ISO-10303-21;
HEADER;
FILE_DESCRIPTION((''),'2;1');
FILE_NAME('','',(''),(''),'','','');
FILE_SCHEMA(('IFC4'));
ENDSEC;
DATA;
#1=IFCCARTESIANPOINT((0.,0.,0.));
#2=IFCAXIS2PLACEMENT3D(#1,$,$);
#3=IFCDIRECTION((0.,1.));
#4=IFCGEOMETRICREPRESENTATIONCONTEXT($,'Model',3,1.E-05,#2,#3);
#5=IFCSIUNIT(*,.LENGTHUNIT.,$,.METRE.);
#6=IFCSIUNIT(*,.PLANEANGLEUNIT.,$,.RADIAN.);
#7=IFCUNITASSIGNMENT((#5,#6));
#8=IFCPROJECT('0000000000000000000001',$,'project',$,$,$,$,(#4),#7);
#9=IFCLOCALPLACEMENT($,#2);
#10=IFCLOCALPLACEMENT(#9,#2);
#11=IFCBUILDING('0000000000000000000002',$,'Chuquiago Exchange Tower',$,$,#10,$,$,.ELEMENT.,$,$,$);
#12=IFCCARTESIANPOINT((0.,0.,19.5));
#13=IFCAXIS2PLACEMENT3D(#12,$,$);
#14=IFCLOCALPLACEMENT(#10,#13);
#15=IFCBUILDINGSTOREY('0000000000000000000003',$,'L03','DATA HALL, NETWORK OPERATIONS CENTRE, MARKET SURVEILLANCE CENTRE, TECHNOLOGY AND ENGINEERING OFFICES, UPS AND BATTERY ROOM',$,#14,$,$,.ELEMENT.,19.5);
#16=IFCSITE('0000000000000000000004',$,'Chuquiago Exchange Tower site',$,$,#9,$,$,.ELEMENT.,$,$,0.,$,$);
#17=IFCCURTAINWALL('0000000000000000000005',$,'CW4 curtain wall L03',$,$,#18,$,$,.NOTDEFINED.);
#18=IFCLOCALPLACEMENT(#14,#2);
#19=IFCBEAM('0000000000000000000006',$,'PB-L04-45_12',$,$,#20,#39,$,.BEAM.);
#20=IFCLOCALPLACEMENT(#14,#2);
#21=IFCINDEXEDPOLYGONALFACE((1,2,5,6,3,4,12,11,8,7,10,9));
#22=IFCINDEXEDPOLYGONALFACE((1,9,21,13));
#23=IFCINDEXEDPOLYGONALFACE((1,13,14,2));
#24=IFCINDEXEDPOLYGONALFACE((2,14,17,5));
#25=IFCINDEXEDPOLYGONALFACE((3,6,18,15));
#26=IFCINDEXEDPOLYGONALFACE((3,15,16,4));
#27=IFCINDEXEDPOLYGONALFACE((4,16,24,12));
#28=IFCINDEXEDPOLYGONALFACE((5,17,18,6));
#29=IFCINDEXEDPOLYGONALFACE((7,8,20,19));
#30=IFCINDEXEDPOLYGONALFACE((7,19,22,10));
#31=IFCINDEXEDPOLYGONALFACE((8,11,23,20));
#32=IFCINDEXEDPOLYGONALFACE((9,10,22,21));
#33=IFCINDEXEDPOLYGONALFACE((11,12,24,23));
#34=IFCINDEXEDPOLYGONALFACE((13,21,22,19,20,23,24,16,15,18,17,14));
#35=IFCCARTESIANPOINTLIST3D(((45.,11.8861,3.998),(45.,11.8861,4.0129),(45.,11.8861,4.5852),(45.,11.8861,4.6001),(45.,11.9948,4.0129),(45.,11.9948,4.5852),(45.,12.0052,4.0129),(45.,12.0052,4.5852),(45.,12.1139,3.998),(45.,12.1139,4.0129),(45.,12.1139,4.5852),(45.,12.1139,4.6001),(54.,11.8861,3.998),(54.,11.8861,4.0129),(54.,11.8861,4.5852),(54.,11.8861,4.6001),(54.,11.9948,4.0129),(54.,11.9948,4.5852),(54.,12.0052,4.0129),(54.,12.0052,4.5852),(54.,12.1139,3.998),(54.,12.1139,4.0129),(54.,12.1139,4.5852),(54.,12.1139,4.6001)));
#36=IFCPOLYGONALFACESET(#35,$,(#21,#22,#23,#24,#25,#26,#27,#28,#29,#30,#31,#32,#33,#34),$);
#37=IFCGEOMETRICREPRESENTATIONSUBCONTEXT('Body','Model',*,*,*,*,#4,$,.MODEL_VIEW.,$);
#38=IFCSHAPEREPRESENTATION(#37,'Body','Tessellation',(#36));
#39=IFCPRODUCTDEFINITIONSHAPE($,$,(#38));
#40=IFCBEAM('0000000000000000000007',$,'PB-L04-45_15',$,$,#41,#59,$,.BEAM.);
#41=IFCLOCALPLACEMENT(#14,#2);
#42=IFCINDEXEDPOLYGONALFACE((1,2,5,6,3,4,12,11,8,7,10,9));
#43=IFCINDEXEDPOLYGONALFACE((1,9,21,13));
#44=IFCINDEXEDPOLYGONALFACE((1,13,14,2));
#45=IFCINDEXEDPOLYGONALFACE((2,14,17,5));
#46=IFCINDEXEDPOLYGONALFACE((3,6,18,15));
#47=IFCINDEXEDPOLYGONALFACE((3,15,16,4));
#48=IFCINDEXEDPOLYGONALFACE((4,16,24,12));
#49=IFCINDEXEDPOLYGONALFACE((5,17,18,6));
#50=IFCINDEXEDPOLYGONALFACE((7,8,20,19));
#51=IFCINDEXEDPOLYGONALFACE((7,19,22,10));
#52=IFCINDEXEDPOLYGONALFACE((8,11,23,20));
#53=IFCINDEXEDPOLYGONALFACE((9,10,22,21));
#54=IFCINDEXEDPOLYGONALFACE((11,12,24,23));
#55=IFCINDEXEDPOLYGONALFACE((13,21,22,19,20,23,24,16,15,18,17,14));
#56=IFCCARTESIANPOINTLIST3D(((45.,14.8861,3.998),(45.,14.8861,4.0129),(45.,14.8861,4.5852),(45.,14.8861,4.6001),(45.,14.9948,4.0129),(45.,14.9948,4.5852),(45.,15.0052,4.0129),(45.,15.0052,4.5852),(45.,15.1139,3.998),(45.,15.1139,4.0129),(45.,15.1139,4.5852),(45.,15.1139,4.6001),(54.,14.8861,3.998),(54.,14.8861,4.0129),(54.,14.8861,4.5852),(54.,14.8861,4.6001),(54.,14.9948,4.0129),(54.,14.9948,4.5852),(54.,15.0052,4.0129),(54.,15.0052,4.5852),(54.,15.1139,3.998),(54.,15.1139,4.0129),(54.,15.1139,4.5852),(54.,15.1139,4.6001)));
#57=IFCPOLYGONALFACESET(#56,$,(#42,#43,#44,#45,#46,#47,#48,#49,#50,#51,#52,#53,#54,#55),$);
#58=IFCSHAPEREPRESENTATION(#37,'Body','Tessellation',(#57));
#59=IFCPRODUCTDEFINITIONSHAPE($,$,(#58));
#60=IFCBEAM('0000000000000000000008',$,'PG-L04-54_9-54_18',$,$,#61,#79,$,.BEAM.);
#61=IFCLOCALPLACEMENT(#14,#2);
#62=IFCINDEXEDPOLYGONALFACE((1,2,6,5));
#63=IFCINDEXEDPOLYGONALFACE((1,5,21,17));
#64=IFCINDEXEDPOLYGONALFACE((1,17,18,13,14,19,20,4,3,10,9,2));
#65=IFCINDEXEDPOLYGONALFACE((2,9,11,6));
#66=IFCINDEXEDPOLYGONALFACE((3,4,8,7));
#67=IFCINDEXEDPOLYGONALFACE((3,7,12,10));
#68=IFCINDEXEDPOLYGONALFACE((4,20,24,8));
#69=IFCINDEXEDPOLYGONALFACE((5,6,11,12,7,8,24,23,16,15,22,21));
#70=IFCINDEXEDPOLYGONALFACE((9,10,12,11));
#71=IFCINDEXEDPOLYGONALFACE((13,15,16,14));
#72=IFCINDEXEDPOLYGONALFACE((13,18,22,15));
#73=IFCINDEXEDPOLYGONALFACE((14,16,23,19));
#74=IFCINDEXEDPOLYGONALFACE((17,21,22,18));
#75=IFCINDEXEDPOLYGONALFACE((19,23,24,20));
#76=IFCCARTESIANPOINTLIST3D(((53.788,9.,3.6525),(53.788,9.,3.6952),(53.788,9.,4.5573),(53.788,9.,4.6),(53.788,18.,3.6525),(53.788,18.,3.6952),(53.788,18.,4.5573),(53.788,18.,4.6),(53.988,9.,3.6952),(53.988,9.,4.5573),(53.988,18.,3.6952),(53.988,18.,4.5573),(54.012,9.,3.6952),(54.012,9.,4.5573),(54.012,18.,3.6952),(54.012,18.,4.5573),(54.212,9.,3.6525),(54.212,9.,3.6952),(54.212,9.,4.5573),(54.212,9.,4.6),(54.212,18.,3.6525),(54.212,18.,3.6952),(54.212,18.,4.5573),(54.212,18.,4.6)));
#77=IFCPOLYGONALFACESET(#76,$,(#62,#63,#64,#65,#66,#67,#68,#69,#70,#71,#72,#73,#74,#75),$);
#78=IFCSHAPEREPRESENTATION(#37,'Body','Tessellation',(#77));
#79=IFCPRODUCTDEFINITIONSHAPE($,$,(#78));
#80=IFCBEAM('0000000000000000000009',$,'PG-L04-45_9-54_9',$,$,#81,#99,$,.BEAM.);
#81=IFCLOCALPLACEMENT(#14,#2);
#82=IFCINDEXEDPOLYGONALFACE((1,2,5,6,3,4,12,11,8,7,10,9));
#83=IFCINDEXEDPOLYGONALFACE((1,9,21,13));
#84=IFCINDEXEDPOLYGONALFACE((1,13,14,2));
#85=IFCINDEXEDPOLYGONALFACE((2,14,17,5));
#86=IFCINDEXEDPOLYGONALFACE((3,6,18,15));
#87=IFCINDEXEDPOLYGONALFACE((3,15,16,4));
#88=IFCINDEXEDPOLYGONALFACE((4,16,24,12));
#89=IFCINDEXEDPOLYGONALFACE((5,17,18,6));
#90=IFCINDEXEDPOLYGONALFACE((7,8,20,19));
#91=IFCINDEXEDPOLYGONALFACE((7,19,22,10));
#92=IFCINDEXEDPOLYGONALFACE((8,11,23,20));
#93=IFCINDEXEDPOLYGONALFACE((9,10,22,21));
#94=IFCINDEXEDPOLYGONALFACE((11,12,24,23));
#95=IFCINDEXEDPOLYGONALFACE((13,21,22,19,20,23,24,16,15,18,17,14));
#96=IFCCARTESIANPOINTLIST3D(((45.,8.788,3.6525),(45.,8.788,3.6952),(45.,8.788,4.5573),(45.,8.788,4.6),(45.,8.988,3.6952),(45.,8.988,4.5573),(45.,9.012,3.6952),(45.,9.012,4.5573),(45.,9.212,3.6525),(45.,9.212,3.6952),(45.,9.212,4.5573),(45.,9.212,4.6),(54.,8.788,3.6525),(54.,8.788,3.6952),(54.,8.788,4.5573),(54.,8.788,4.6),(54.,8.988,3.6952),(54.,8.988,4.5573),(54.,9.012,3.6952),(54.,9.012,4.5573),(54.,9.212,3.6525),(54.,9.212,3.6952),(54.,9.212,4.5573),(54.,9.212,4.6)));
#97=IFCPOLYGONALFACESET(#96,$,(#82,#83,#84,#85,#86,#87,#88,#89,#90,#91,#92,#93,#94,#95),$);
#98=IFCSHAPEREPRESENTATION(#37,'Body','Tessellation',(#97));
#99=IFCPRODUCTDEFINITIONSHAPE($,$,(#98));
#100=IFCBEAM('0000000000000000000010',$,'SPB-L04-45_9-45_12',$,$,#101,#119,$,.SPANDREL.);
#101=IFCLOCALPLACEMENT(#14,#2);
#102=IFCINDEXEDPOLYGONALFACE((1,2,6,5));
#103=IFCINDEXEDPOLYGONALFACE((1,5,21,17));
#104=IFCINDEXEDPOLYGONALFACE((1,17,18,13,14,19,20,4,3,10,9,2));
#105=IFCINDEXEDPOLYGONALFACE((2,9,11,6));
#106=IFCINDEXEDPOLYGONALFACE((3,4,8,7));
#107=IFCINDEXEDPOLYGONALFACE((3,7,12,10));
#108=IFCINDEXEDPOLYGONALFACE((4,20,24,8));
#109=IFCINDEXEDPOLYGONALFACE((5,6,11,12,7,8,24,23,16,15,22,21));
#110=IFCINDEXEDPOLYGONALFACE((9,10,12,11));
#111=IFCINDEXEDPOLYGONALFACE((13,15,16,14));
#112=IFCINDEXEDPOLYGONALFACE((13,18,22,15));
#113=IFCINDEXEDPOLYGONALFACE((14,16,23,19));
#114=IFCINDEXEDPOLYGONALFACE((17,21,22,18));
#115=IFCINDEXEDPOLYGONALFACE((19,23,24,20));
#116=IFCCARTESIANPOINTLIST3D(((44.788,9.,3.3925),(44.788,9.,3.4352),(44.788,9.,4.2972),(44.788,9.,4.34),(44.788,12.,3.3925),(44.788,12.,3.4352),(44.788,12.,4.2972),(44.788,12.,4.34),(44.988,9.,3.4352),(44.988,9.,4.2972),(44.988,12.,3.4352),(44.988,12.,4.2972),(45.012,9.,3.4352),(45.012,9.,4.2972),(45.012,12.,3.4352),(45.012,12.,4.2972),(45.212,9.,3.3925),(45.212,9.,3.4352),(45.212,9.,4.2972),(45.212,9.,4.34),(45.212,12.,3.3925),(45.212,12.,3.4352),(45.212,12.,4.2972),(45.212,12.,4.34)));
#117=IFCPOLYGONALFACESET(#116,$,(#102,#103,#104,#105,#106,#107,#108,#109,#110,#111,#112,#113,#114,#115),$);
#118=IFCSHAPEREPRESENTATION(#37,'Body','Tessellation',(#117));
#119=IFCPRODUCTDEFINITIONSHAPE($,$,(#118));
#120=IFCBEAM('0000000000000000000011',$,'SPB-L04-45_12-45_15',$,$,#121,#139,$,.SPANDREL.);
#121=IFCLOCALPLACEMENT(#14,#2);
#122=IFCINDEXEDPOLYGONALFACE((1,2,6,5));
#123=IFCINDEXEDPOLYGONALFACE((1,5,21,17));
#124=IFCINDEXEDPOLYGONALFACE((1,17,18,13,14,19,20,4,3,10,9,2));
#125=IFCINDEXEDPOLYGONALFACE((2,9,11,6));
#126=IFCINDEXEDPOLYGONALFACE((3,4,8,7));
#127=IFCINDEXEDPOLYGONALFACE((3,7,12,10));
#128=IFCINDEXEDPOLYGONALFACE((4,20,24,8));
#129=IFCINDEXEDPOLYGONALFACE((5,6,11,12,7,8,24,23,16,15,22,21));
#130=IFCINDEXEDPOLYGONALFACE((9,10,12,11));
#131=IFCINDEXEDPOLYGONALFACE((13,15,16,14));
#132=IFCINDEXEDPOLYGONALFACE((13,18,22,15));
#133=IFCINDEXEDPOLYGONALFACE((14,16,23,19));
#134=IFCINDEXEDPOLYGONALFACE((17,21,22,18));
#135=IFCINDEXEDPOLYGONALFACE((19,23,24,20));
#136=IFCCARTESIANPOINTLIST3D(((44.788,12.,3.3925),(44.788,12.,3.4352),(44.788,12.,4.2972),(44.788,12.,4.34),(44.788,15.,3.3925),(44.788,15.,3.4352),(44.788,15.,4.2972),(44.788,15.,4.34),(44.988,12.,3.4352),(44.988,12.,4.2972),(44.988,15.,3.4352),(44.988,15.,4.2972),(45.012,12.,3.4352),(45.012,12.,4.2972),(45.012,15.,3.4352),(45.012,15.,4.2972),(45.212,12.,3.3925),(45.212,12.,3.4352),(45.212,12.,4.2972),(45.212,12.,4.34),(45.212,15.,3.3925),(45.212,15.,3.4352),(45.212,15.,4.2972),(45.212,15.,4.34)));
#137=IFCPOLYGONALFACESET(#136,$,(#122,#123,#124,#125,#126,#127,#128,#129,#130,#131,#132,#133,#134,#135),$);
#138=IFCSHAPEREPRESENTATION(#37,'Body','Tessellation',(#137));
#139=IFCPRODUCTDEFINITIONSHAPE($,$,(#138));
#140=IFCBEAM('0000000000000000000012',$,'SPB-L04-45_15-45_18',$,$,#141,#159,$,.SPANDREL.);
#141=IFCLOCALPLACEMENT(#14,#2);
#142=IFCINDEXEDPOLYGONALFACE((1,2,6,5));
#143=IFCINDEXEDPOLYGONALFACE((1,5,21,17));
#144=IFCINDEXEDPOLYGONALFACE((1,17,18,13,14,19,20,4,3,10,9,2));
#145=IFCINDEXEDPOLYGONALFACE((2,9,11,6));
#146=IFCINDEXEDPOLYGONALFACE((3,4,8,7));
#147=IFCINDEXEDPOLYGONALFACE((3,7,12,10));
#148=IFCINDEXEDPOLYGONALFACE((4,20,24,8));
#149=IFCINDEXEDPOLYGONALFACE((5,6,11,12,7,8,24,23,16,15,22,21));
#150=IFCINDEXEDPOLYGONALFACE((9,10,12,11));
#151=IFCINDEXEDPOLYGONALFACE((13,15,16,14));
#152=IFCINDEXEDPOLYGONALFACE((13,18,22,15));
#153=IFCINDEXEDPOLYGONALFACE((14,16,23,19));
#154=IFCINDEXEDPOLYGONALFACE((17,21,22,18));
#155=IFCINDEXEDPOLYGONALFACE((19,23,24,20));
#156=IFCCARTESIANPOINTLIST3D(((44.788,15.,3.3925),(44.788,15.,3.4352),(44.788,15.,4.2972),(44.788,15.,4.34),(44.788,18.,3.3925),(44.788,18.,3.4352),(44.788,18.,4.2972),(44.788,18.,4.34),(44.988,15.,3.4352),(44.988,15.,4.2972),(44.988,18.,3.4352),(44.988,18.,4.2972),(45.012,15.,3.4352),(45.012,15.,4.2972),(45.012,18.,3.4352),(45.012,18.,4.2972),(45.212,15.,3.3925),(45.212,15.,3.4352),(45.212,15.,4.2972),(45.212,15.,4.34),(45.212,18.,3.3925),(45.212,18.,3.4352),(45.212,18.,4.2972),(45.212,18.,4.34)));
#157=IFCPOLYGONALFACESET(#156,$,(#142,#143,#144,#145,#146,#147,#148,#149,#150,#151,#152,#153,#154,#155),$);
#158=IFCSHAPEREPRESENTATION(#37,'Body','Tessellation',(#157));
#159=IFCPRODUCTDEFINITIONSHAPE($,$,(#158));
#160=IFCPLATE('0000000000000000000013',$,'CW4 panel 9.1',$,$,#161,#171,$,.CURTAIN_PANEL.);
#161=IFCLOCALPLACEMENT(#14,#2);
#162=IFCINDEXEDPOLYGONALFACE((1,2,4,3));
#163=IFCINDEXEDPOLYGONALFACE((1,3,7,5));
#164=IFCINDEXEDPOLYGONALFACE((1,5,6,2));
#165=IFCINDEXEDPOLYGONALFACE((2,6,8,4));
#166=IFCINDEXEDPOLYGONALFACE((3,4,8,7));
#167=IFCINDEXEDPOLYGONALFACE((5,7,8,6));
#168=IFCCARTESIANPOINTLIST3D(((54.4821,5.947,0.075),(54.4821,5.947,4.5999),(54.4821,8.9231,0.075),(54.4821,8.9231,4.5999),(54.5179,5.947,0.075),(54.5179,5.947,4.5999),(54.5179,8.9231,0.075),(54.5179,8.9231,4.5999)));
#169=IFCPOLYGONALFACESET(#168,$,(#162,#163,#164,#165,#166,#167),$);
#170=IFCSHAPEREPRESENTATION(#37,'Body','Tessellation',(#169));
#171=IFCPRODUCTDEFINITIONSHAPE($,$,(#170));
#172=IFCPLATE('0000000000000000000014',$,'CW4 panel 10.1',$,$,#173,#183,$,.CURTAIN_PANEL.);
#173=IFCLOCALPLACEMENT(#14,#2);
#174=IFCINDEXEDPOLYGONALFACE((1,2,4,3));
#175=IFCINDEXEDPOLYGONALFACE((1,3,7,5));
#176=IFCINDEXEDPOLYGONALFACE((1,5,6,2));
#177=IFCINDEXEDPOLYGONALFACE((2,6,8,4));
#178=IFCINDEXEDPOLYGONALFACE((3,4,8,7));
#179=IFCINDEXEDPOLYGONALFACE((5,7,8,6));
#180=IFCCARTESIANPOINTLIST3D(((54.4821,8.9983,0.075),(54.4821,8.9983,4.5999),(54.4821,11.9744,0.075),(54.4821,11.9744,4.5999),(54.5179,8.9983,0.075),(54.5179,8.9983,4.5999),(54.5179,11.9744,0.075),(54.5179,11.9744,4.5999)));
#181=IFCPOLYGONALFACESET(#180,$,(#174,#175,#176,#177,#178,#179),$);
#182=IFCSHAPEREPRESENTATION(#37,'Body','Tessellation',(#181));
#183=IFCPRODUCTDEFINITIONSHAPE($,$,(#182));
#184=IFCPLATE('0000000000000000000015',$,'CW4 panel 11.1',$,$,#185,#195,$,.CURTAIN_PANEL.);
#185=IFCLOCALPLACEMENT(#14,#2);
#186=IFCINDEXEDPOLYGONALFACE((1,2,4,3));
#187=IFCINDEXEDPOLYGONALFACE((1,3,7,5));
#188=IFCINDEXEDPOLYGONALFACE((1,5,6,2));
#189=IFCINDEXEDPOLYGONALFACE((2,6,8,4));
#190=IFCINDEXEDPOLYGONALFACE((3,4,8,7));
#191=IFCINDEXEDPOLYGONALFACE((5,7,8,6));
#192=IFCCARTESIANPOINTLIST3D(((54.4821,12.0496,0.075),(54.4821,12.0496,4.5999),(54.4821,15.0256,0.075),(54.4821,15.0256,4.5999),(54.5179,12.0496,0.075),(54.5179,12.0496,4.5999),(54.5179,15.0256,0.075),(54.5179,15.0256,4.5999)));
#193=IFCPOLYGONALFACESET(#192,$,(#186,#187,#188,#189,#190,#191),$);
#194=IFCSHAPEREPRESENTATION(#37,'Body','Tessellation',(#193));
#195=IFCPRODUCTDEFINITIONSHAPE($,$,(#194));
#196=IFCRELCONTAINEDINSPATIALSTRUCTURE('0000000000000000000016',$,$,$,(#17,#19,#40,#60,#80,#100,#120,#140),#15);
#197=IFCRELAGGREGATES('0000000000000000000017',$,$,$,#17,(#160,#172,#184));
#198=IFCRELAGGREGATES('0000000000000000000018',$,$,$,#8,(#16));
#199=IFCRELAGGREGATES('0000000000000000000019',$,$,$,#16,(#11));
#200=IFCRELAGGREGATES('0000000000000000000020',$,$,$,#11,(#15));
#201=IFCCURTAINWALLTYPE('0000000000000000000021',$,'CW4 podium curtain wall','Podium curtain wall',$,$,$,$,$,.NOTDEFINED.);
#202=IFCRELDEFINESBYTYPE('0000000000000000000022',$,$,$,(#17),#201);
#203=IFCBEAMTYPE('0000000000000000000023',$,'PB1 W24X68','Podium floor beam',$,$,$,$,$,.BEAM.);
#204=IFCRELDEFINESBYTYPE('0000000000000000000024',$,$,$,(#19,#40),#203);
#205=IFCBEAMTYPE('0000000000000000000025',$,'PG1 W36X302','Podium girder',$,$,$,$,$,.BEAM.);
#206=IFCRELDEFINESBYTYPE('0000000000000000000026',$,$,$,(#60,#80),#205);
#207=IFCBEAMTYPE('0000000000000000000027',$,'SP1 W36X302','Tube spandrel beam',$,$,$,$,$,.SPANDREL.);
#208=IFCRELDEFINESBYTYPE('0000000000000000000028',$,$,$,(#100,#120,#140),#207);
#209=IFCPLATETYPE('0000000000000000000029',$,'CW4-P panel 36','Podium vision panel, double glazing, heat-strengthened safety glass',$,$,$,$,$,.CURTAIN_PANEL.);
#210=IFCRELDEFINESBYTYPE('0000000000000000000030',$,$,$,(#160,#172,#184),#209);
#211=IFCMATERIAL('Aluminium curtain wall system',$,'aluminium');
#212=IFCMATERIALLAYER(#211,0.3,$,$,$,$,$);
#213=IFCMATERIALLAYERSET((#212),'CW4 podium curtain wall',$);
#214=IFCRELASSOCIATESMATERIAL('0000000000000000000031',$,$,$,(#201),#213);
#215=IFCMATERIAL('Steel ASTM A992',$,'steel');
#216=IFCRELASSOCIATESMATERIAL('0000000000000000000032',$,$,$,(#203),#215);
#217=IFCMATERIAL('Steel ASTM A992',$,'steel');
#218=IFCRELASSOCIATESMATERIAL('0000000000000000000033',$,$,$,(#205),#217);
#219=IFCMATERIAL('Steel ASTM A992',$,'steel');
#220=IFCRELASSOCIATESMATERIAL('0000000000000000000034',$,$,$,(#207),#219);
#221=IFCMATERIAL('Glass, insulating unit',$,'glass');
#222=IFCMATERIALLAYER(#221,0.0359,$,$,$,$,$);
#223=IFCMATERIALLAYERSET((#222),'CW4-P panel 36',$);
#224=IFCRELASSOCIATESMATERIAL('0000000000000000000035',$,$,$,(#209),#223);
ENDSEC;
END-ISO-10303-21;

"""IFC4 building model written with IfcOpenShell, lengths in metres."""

from ifc_helpers import new_model, si_unit, direction, frame, origin, origin_2d, place, context, subcontext, project, spatial, rectangle, i_section, extrude, material, layer, layer_set, material_profile, profile_set, type_object, element, aggregate, save


model = new_model("IFC4")

# Units and contexts
model_context = context("Model", 3, precision=1e-05, world=origin(), true_north=direction((0.0, 1.0)))
body_context = subcontext(model_context, "Body", "Model", "MODEL_VIEW")
ifc_project = project(units=[si_unit("LENGTHUNIT", "METRE"), si_unit("PLANEANGLEUNIT", "RADIAN")], contexts=[model_context])

# Site, building, storey
site_placement = place(None, origin())
site = spatial("IfcSite", under=ifc_project, at=site_placement, Name="Chuquiago Exchange Tower site", CompositionType="ELEMENT", RefElevation=0.0)
building_placement = place(site_placement, origin())
building = spatial("IfcBuilding", under=site, at=building_placement, Name="Chuquiago Exchange Tower", CompositionType="ELEMENT")
storey_placement = place(building_placement, frame((0.0, 0.0, 19.5)))
storey = spatial("IfcBuildingStorey", under=building, at=storey_placement, Name="L03", Description="DATA HALL, NETWORK OPERATIONS CENTRE, MARKET SURVEILLANCE CENTRE, TECHNOLOGY AND ENGINEERING OFFICES, UPS AND BATTERY ROOM", CompositionType="ELEMENT", Elevation=19.5)

# Curtain wall
ifc_material_1 = material(Name="Aluminium curtain wall system", Category="aluminium")
ifc_layer_1 = layer(ifc_material_1, 0.3)
ifc_layer_set_1 = layer_set([ifc_layer_1], Name="CW4 podium curtain wall")
curtain_wall_type = type_object("IfcCurtainWallType", Name="CW4 podium curtain wall", Description="Podium curtain wall", PredefinedType="NOTDEFINED", material=ifc_layer_set_1)
curtain_wall_placement = place(storey_placement, origin())
curtain_wall = element("IfcCurtainWall", 1, at=curtain_wall_placement, inside=storey, type_object=curtain_wall_type, Name="CW4 curtain wall L03", PredefinedType="NOTDEFINED")

# Beams
ifc_material_2 = material(Name="Steel ASTM A992", Category="steel")
ifc_material_profile_1 = material_profile(ifc_material_2, i_section(OverallWidth=0.2278, OverallDepth=0.6021, WebThickness=0.0105, FlangeThickness=0.0149, at=origin_2d()), Name="W24X68")
ifc_profile_set_1 = profile_set([ifc_material_profile_1], Name="Steel ASTM A992")
beam_type_1 = type_object("IfcBeamType", Name="PB1 W24X68", Description="Podium floor beam", PredefinedType="BEAM", material=ifc_profile_set_1)
for number, where, z_axis, x_axis, name in (
    (2, (45.0, 12.0, 4.2991), (1.0, 0.0, 0.0), (0.0, 1.0, 0.0), "PB-L04-45_12"),
    (3, (45.0, 15.0, 4.2991), (1.0, 0.0, 0.0), (0.0, 1.0, 0.0), "PB-L04-45_15"),
):
    element("IfcBeam", number, at=place(storey_placement, frame(where, z_axis=z_axis, x_axis=x_axis)), inside=storey, type_object=beam_type_1, Name=name, PredefinedType="BEAM", context=body_context, shape_type="SweptSolid", body=[
        extrude(i_section(OverallWidth=0.2278, OverallDepth=0.6021, WebThickness=0.0105, FlangeThickness=0.0149, at=origin_2d()), origin(), (0.0, 0.0, 1.0), 9.0),
    ])
ifc_material_3 = material(Name="Steel ASTM A992", Category="steel")
ifc_material_profile_2 = material_profile(ifc_material_3, i_section(OverallWidth=0.4241, OverallDepth=0.9475, WebThickness=0.0239, FlangeThickness=0.0427, at=origin_2d()), Name="W36X302")
ifc_profile_set_2 = profile_set([ifc_material_profile_2], Name="Steel ASTM A992")
beam_type_2 = type_object("IfcBeamType", Name="PG1 W36X302", Description="Podium girder", PredefinedType="BEAM", material=ifc_profile_set_2)
for number, where, z_axis, x_axis, name in (
    (4, (54.0, 9.0, 4.1262), (0.0, 1.0, 0.0), (-1.0, 0.0, 0.0), "PG-L04-54_9-54_18"),
    (5, (45.0, 9.0, 4.1262), (1.0, 0.0, 0.0), (0.0, 1.0, 0.0), "PG-L04-45_9-54_9"),
):
    element("IfcBeam", number, at=place(storey_placement, frame(where, z_axis=z_axis, x_axis=x_axis)), inside=storey, type_object=beam_type_2, Name=name, PredefinedType="BEAM", context=body_context, shape_type="SweptSolid", body=[
        extrude(i_section(OverallWidth=0.4241, OverallDepth=0.9475, WebThickness=0.0239, FlangeThickness=0.0427, at=origin_2d()), origin(), (0.0, 0.0, 1.0), 9.0),
    ])
ifc_material_4 = material(Name="Steel ASTM A992", Category="steel")
ifc_material_profile_3 = material_profile(ifc_material_4, i_section(OverallWidth=0.4241, OverallDepth=0.9475, WebThickness=0.0239, FlangeThickness=0.0427, at=origin_2d()), Name="W36X302")
ifc_profile_set_3 = profile_set([ifc_material_profile_3], Name="Steel ASTM A992")
beam_type_3 = type_object("IfcBeamType", Name="SP1 W36X302", Description="Tube spandrel beam", PredefinedType="SPANDREL", material=ifc_profile_set_3)
for number, where, z_axis, x_axis, name in (
    (6, (45.0, 9.0, 3.8662), (0.0, 1.0, 0.0), (-1.0, 0.0, 0.0), "SPB-L04-45_9-45_12"),
    (7, (45.0, 12.0, 3.8662), (0.0, 1.0, 0.0), (-1.0, 0.0, 0.0), "SPB-L04-45_12-45_15"),
    (8, (45.0, 15.0, 3.8662), (0.0, 1.0, 0.0), (-1.0, 0.0, 0.0), "SPB-L04-45_15-45_18"),
):
    element("IfcBeam", number, at=place(storey_placement, frame(where, z_axis=z_axis, x_axis=x_axis)), inside=storey, type_object=beam_type_3, Name=name, PredefinedType="SPANDREL", context=body_context, shape_type="SweptSolid", body=[
        extrude(i_section(OverallWidth=0.4241, OverallDepth=0.9475, WebThickness=0.0239, FlangeThickness=0.0427, at=origin_2d()), origin(), (0.0, 0.0, 1.0), 3.0),
    ])

# Plates
ifc_material_5 = material(Name="Glass, insulating unit", Category="glass")
ifc_layer_2 = layer(ifc_material_5, 0.0359)
ifc_layer_set_2 = layer_set([ifc_layer_2], Name="CW4-P panel 36")
plate_type = type_object("IfcPlateType", Name="CW4-P panel 36", Description="Podium vision panel, double glazing, heat-strengthened safety glass", PredefinedType="CURTAIN_PANEL", material=ifc_layer_set_2)
plate_1_placement = place(storey_placement, frame((54.5, 7.4351, 0.075), z_axis=(0.0, 0.0, 1.0), x_axis=(0.0, 1.0, 0.0)))
plate_1 = element("IfcPlate", 9, at=plate_1_placement, type_object=plate_type, Name="CW4 panel 9.1", PredefinedType="CURTAIN_PANEL", context=body_context, shape_type="SweptSolid", body=[
    extrude(rectangle(XDim=2.9761, YDim=0.0359, at=origin_2d()), origin(), (0.0, 0.0, 1.0), 4.5249),
])
plate_2_placement = place(storey_placement, frame((54.5, 10.4863, 0.075), z_axis=(0.0, 0.0, 1.0), x_axis=(0.0, 1.0, 0.0)))
plate_2 = element("IfcPlate", 10, at=plate_2_placement, type_object=plate_type, Name="CW4 panel 10.1", PredefinedType="CURTAIN_PANEL", context=body_context, shape_type="SweptSolid", body=[
    extrude(rectangle(XDim=2.9761, YDim=0.0359, at=origin_2d()), origin(), (0.0, 0.0, 1.0), 4.5249),
])
plate_3_placement = place(storey_placement, frame((54.5, 13.5376, 0.075), z_axis=(0.0, 0.0, 1.0), x_axis=(0.0, 1.0, 0.0)))
plate_3 = element("IfcPlate", 11, at=plate_3_placement, type_object=plate_type, Name="CW4 panel 11.1", PredefinedType="CURTAIN_PANEL", context=body_context, shape_type="SweptSolid", body=[
    extrude(rectangle(XDim=2.9761, YDim=0.0359, at=origin_2d()), origin(), (0.0, 0.0, 1.0), 4.5249),
])
aggregate(curtain_wall, [plate_1, plate_2, plate_3])

save(model, "model.ifc")
